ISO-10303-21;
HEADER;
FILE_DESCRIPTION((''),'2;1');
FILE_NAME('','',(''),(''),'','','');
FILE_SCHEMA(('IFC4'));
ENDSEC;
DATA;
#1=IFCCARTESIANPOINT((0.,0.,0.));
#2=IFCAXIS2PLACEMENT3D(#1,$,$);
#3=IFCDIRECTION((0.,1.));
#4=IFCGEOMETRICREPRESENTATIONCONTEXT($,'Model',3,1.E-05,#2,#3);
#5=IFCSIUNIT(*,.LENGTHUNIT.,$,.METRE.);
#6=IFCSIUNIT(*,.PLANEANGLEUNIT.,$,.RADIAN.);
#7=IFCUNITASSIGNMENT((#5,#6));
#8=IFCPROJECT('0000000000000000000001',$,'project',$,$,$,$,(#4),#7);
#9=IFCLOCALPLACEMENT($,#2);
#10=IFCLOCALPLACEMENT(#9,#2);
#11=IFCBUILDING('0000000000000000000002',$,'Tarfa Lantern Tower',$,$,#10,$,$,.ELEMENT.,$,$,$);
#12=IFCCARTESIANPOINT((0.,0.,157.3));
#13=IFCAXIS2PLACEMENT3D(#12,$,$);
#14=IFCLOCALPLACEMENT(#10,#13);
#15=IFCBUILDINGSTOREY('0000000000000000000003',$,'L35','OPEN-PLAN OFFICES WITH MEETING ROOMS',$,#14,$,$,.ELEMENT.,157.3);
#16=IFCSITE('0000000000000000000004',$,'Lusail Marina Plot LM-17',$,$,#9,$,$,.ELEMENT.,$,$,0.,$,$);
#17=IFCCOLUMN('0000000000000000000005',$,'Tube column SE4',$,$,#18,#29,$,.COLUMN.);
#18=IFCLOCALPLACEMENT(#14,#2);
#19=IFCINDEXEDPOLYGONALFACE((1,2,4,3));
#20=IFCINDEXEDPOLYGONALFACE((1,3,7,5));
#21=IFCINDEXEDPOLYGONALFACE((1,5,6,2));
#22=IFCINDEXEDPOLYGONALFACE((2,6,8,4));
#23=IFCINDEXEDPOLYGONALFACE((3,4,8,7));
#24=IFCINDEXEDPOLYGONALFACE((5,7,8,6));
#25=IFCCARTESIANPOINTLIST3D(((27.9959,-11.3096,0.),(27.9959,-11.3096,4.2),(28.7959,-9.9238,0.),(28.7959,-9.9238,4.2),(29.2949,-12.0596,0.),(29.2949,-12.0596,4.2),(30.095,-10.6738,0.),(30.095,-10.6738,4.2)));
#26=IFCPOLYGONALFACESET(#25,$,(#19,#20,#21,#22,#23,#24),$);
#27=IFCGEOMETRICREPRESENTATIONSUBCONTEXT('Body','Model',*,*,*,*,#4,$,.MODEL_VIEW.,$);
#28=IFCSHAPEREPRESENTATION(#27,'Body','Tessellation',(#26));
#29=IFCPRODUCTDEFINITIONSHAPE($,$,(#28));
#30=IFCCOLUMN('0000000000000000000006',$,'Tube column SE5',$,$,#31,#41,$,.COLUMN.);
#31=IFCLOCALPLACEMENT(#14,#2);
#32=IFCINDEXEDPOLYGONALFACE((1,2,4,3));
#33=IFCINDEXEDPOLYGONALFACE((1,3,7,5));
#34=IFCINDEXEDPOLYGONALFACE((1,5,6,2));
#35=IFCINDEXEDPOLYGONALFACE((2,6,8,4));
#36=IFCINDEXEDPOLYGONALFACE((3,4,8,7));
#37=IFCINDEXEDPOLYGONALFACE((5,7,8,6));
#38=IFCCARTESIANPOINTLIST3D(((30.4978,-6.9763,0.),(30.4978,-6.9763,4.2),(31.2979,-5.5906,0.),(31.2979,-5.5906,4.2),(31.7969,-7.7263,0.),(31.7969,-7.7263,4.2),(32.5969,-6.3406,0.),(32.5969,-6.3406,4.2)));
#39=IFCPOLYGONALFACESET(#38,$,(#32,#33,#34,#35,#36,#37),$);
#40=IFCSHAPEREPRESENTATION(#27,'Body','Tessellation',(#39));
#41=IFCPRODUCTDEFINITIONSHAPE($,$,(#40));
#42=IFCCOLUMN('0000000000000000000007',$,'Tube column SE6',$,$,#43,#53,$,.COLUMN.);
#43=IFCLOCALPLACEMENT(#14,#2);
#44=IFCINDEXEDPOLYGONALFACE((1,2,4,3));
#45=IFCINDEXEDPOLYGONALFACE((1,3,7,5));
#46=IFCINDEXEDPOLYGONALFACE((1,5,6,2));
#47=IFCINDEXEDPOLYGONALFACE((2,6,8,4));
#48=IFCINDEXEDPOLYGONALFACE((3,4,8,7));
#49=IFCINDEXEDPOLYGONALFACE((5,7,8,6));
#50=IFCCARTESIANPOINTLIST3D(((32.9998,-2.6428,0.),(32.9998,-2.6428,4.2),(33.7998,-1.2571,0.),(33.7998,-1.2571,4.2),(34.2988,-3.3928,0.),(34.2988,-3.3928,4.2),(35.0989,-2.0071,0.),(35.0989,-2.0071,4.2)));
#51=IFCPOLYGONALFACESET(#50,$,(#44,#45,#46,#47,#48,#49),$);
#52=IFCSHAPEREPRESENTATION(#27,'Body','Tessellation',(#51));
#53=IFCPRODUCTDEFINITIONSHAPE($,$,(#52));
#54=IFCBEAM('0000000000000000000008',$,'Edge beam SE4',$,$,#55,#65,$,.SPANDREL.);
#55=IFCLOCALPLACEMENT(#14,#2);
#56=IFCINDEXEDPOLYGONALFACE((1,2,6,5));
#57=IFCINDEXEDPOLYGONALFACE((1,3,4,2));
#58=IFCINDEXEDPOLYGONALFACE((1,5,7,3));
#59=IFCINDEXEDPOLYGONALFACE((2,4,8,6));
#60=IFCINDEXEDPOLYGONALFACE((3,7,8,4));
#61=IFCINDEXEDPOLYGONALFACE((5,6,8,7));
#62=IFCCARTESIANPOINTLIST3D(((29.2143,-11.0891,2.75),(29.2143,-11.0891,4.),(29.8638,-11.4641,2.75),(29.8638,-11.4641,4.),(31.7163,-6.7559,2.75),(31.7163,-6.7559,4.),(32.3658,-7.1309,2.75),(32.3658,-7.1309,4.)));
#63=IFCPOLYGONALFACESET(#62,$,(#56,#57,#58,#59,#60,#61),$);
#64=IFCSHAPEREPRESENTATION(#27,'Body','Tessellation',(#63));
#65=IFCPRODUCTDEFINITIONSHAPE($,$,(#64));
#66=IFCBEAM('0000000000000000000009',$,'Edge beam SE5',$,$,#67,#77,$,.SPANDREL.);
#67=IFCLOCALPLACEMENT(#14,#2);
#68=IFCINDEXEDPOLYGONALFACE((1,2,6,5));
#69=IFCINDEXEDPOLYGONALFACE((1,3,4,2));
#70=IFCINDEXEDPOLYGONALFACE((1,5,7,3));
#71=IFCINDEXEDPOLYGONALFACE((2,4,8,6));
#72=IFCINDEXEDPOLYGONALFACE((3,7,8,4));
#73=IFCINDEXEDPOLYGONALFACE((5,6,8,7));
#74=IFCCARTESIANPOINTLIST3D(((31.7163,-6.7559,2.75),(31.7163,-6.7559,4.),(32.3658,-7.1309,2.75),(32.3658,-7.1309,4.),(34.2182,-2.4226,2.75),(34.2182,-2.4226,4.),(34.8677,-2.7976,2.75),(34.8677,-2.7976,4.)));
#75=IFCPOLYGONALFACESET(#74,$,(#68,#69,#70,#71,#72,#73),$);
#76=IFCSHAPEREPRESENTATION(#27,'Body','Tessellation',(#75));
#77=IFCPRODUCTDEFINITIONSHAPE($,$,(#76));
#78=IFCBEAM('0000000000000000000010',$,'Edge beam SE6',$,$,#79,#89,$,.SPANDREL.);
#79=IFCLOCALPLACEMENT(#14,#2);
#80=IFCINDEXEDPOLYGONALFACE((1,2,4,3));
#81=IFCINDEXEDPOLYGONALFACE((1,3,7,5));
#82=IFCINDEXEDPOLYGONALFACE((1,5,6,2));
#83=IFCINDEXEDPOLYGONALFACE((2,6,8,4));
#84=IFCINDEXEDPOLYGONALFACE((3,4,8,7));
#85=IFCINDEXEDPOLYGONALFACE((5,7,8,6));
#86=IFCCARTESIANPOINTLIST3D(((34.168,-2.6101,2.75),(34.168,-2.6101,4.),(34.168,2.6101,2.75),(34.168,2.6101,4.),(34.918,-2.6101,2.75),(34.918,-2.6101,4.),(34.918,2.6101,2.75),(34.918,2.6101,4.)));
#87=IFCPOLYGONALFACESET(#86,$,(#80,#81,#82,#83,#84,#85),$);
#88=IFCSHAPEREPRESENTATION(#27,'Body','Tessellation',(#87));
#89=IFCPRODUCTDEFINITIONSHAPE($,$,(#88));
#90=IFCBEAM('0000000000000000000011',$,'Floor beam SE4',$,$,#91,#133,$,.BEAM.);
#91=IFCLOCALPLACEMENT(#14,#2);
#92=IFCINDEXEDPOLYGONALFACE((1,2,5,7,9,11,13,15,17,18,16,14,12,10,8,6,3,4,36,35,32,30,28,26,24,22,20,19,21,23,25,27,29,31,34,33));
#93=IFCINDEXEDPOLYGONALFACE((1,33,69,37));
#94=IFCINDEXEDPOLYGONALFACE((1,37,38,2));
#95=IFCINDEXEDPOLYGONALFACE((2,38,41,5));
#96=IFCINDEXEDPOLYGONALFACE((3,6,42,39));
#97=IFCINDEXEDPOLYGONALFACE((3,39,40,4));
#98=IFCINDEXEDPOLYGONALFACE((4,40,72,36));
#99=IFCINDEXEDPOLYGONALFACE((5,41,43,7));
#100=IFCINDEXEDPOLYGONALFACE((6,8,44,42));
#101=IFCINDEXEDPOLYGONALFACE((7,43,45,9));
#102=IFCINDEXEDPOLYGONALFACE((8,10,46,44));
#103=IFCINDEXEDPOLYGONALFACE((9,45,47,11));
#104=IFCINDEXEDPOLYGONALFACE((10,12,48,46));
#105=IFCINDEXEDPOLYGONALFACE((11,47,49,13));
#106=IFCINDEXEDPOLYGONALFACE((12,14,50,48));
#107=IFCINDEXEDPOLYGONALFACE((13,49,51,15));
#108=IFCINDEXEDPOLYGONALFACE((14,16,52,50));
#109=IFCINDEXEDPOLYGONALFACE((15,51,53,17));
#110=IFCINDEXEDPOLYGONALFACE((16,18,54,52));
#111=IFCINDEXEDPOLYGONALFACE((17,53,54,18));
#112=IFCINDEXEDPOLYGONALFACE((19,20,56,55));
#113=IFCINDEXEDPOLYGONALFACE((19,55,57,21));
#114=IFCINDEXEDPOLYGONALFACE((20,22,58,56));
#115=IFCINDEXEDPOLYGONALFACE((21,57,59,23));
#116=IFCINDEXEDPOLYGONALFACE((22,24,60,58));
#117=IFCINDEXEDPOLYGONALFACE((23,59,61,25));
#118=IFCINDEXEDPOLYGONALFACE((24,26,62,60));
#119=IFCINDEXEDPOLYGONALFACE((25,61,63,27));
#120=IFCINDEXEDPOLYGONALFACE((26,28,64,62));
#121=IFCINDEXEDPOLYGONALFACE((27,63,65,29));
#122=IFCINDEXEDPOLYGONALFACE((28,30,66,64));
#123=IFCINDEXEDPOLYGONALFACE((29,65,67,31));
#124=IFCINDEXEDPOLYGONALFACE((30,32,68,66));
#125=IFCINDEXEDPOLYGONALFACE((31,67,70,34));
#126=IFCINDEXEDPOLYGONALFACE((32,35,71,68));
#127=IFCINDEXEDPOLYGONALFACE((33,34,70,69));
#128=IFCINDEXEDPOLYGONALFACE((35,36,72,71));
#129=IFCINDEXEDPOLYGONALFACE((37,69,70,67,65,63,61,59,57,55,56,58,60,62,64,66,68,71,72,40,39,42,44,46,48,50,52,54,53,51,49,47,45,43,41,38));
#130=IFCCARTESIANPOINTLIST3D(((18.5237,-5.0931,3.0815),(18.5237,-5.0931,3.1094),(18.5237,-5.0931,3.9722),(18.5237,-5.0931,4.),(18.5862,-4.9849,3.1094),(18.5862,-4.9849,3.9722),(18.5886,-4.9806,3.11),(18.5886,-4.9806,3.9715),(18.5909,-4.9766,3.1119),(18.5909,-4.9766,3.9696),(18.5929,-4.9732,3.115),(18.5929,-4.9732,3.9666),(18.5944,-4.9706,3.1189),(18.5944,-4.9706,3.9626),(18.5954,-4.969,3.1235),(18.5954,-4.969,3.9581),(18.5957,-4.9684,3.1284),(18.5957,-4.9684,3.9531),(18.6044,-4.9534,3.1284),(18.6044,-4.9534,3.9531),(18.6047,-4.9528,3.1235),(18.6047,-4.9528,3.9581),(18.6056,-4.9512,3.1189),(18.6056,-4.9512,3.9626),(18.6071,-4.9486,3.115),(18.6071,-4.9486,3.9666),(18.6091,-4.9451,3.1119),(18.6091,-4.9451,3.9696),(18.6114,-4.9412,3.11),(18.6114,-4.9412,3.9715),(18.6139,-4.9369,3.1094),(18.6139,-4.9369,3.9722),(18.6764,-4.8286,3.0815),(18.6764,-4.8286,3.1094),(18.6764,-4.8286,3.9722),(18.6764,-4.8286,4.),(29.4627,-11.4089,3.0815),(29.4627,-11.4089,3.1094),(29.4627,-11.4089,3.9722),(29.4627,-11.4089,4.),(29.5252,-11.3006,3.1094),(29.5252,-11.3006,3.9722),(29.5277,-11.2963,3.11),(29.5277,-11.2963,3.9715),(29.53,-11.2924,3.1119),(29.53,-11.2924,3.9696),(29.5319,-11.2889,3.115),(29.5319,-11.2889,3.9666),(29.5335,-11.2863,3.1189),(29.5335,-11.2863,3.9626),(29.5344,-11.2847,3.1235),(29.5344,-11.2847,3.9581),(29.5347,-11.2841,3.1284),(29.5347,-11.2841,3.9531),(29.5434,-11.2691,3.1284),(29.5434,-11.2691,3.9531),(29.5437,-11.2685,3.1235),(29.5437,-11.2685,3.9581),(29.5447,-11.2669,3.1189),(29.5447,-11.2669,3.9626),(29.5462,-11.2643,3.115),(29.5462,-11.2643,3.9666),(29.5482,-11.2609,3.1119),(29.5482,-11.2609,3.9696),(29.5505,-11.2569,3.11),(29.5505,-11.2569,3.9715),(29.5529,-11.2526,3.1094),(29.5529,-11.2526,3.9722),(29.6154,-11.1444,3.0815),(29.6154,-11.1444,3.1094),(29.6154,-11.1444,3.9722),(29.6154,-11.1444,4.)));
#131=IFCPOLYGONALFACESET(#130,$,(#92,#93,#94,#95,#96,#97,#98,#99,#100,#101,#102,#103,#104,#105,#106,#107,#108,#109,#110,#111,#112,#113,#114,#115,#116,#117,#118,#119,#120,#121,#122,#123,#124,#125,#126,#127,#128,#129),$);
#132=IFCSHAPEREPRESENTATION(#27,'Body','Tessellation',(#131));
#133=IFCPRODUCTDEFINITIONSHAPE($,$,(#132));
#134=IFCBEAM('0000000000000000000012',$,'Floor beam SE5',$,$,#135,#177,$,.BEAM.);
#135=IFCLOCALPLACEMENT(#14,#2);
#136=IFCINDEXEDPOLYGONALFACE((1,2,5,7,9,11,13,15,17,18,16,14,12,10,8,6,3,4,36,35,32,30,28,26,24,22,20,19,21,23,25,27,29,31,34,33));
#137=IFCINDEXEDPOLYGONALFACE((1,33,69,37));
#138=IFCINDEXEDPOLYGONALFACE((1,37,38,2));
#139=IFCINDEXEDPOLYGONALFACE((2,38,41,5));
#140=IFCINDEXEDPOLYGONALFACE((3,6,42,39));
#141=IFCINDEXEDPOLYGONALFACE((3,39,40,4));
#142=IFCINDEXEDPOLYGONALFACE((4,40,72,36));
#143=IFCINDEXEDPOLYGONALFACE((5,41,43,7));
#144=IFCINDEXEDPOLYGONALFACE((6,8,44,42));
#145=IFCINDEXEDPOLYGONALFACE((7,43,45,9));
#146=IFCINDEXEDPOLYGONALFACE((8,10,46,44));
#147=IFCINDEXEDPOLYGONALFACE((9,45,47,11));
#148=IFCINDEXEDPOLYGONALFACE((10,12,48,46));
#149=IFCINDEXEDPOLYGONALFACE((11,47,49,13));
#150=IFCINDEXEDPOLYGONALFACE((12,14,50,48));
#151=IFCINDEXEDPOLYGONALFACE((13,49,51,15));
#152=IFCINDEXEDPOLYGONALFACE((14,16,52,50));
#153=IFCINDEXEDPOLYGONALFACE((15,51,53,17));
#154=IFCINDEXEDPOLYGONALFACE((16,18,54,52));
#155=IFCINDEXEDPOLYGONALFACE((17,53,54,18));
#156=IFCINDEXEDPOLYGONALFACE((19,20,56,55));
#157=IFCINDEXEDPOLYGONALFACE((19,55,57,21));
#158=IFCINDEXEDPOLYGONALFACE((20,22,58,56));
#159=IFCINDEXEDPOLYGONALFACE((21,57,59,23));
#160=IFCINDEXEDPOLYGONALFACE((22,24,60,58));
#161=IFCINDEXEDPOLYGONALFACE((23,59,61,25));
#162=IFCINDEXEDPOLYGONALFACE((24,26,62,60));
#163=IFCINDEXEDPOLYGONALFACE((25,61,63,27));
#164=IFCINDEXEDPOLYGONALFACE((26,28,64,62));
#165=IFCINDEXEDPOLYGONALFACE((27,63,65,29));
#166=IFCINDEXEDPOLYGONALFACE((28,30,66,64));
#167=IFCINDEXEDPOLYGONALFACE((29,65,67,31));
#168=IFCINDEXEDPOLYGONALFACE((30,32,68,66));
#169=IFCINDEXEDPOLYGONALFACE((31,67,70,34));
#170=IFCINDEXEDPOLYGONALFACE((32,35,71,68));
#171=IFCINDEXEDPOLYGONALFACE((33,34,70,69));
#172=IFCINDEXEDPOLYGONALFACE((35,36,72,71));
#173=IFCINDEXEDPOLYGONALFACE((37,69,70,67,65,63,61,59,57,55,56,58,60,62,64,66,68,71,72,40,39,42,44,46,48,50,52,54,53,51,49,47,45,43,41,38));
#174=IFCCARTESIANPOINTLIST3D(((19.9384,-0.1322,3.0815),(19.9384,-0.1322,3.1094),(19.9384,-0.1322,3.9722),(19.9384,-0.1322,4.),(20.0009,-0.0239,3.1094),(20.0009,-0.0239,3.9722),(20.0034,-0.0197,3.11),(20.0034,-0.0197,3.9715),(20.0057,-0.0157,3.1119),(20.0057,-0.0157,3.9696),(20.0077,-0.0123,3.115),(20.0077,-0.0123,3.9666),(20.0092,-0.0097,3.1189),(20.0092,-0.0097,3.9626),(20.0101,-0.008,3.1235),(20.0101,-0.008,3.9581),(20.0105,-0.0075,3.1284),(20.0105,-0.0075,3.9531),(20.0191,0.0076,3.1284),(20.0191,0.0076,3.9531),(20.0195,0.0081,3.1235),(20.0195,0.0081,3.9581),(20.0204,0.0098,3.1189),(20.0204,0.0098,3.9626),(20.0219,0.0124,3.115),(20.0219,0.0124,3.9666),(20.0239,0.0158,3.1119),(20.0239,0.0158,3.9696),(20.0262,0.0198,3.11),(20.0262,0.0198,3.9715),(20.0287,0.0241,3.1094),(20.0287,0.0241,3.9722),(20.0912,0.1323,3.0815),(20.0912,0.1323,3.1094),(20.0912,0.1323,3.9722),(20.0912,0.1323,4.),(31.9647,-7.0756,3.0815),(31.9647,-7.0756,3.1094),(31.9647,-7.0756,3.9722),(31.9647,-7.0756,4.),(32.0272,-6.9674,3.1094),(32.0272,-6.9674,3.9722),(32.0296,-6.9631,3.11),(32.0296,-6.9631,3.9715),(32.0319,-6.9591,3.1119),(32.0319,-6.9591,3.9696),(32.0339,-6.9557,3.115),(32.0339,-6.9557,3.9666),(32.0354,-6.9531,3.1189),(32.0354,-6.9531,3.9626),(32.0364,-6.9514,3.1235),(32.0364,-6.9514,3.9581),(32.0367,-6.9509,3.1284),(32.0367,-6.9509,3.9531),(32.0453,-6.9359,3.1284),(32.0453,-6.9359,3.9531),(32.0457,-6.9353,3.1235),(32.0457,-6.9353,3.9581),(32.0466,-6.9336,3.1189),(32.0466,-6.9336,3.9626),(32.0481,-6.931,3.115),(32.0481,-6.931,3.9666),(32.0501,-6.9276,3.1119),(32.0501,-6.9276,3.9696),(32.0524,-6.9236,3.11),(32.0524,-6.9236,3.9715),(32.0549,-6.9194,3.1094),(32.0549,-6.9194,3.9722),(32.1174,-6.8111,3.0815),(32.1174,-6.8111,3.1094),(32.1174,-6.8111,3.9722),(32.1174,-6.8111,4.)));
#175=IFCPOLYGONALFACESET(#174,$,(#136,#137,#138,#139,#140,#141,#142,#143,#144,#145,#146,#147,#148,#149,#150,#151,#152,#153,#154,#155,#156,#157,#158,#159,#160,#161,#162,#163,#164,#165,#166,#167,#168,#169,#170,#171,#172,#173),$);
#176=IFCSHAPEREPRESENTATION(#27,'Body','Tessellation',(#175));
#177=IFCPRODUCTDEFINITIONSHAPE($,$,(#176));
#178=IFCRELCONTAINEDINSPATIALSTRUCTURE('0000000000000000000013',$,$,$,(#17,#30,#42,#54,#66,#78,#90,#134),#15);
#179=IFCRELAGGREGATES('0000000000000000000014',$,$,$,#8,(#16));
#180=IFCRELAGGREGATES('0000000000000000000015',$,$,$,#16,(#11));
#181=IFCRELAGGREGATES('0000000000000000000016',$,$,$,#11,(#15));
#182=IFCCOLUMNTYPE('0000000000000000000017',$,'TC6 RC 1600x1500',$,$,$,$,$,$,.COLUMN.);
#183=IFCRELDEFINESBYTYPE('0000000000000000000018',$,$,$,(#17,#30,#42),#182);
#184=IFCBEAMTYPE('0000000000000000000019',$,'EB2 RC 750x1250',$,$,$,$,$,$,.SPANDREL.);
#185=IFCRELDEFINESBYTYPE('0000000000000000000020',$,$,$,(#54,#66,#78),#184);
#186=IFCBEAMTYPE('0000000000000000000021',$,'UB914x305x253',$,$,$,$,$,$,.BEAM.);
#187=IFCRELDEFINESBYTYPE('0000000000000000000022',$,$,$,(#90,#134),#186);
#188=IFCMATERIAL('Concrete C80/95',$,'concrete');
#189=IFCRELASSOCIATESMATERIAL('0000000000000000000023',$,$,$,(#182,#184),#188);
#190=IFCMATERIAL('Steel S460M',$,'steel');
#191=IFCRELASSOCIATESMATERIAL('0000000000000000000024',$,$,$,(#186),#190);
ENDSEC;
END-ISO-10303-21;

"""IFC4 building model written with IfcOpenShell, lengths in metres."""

from ifc_helpers import new_model, si_unit, direction, frame, origin, origin_2d, place, context, subcontext, project, spatial, rectangle, i_section, extrude, material, material_profile, profile_set, type_object, element, save


model = new_model("IFC4")

# Units and contexts
model_context = context("Model", 3, precision=1e-05, world=origin(), true_north=direction((0.0, 1.0)))
body_context = subcontext(model_context, "Body", "Model", "MODEL_VIEW")
ifc_project = project(units=[si_unit("LENGTHUNIT", "METRE"), si_unit("PLANEANGLEUNIT", "RADIAN")], contexts=[model_context])

# Site, building, storey
site_placement = place(None, origin())
site = spatial("IfcSite", under=ifc_project, at=site_placement, Name="Lusail Marina Plot LM-17", CompositionType="ELEMENT", RefElevation=0.0)
building_placement = place(site_placement, origin())
building = spatial("IfcBuilding", under=site, at=building_placement, Name="Tarfa Lantern Tower", CompositionType="ELEMENT")
storey_placement = place(building_placement, frame((0.0, 0.0, 157.3)))
storey = spatial("IfcBuildingStorey", under=building, at=storey_placement, Name="L35", Description="OPEN-PLAN OFFICES WITH MEETING ROOMS", CompositionType="ELEMENT", Elevation=157.3)

# Columns
ifc_material_1 = material(Name="Concrete C80/95", Category="concrete")
ifc_material_profile_1 = material_profile(ifc_material_1, rectangle(XDim=1.6001, YDim=1.5, at=origin_2d()), Name="RC 1600x1500")
ifc_profile_set_1 = profile_set([ifc_material_profile_1], Name="Concrete C80/95")
column_type = type_object("IfcColumnType", Name="TC6 RC 1600x1500", PredefinedType="COLUMN", material=ifc_profile_set_1)
for number, where, z_axis, x_axis, name in (
    (1, (29.0454, -10.9917, 0.0), (0.0, 0.0, 1.0), (0.5, 0.866025, 0.0), "Tube column SE4"),
    (2, (31.5474, -6.6584, 0.0), (0.0, 0.0, 1.0), (0.5, 0.866025, 0.0), "Tube column SE5"),
    (3, (34.0493, -2.325, 0.0), (0.0, 0.0, 1.0), (0.5, 0.866025, 0.0), "Tube column SE6"),
):
    element("IfcColumn", number, at=place(storey_placement, frame(where, z_axis=z_axis, x_axis=x_axis)), inside=storey, type_object=column_type, Name=name, PredefinedType="COLUMN", context=body_context, shape_type="SweptSolid", body=[
        extrude(rectangle(XDim=1.6001, YDim=1.5, at=origin_2d()), origin(), (0.0, 0.0, 1.0), 4.2),
    ])

# Beams
ifc_material_profile_2 = material_profile(ifc_material_1, rectangle(XDim=0.75, YDim=1.25, at=origin_2d()), Name="RC 750x1250")
ifc_profile_set_2 = profile_set([ifc_material_profile_2], Name="Concrete C80/95")
beam_type_1 = type_object("IfcBeamType", Name="EB2 RC 750x1250", PredefinedType="SPANDREL", material=ifc_profile_set_2)
for number, where, z_axis, x_axis, name in (
    (4, (29.5391, -11.2766, 3.375), (0.500022, 0.866013, 0.0), (-0.866013, 0.500022, 0.0), "Edge beam SE4"),
    (5, (32.041, -6.9434, 3.375), (0.500022, 0.866013, 0.0), (-0.866013, 0.500022, 0.0), "Edge beam SE5"),
):
    element("IfcBeam", number, at=place(storey_placement, frame(where, z_axis=z_axis, x_axis=x_axis)), inside=storey, type_object=beam_type_1, Name=name, PredefinedType="SPANDREL", context=body_context, shape_type="SweptSolid", body=[
        extrude(rectangle(XDim=0.75, YDim=1.25, at=origin_2d()), origin(), (0.0, 0.0, 1.0), 5.0037),
    ])
beam_1_placement = place(storey_placement, frame((34.543, -2.6101, 3.375), z_axis=(0.0, 1.0, 0.0), x_axis=(-1.0, 0.0, 0.0)))
element("IfcBeam", 6, at=beam_1_placement, inside=storey, type_object=beam_type_1, Name="Edge beam SE6", PredefinedType="SPANDREL", context=body_context, shape_type="SweptSolid", body=[
    extrude(rectangle(XDim=0.75, YDim=1.25, at=origin_2d()), origin(), (0.0, 0.0, 1.0), 5.2202),
])
ifc_material_2 = material(Name="Steel S460M", Category="steel")
ifc_material_profile_3 = material_profile(ifc_material_2, i_section(OverallWidth=0.3054, OverallDepth=0.9185, WebThickness=0.0173, FlangeThickness=0.0278, FilletRadius=0.019, at=origin_2d()), Name="UB914x305x253")
ifc_profile_set_3 = profile_set([ifc_material_profile_3], Name="Steel S460M")
beam_type_2 = type_object("IfcBeamType", Name="UB914x305x253", PredefinedType="BEAM", material=ifc_profile_set_3)
beam_2_placement = place(storey_placement, frame((29.5391, -11.2766, 3.5408), z_axis=(-0.866023, 0.500004, 0.0), x_axis=(-0.500004, -0.866023, 0.0)))
element("IfcBeam", 7, at=beam_2_placement, inside=storey, type_object=beam_type_2, Name="Floor beam SE4", PredefinedType="BEAM", context=body_context, shape_type="SweptSolid", body=[
    extrude(i_section(OverallWidth=0.3054, OverallDepth=0.9185, WebThickness=0.0173, FlangeThickness=0.0278, FilletRadius=0.019, at=origin_2d()), origin(), (0.0, 0.0, 1.0), 12.6313),
])
beam_3_placement = place(storey_placement, frame((32.041, -6.9434, 3.5408), z_axis=(-0.866023, 0.500004, 0.0), x_axis=(-0.500004, -0.866023, 0.0)))
element("IfcBeam", 8, at=beam_3_placement, inside=storey, type_object=beam_type_2, Name="Floor beam SE5", PredefinedType="BEAM", context=body_context, shape_type="SweptSolid", body=[
    extrude(i_section(OverallWidth=0.3054, OverallDepth=0.9185, WebThickness=0.0173, FlangeThickness=0.0278, FilletRadius=0.019, at=origin_2d()), origin(), (0.0, 0.0, 1.0), 13.8867),
])

save(model, "model.ifc")
